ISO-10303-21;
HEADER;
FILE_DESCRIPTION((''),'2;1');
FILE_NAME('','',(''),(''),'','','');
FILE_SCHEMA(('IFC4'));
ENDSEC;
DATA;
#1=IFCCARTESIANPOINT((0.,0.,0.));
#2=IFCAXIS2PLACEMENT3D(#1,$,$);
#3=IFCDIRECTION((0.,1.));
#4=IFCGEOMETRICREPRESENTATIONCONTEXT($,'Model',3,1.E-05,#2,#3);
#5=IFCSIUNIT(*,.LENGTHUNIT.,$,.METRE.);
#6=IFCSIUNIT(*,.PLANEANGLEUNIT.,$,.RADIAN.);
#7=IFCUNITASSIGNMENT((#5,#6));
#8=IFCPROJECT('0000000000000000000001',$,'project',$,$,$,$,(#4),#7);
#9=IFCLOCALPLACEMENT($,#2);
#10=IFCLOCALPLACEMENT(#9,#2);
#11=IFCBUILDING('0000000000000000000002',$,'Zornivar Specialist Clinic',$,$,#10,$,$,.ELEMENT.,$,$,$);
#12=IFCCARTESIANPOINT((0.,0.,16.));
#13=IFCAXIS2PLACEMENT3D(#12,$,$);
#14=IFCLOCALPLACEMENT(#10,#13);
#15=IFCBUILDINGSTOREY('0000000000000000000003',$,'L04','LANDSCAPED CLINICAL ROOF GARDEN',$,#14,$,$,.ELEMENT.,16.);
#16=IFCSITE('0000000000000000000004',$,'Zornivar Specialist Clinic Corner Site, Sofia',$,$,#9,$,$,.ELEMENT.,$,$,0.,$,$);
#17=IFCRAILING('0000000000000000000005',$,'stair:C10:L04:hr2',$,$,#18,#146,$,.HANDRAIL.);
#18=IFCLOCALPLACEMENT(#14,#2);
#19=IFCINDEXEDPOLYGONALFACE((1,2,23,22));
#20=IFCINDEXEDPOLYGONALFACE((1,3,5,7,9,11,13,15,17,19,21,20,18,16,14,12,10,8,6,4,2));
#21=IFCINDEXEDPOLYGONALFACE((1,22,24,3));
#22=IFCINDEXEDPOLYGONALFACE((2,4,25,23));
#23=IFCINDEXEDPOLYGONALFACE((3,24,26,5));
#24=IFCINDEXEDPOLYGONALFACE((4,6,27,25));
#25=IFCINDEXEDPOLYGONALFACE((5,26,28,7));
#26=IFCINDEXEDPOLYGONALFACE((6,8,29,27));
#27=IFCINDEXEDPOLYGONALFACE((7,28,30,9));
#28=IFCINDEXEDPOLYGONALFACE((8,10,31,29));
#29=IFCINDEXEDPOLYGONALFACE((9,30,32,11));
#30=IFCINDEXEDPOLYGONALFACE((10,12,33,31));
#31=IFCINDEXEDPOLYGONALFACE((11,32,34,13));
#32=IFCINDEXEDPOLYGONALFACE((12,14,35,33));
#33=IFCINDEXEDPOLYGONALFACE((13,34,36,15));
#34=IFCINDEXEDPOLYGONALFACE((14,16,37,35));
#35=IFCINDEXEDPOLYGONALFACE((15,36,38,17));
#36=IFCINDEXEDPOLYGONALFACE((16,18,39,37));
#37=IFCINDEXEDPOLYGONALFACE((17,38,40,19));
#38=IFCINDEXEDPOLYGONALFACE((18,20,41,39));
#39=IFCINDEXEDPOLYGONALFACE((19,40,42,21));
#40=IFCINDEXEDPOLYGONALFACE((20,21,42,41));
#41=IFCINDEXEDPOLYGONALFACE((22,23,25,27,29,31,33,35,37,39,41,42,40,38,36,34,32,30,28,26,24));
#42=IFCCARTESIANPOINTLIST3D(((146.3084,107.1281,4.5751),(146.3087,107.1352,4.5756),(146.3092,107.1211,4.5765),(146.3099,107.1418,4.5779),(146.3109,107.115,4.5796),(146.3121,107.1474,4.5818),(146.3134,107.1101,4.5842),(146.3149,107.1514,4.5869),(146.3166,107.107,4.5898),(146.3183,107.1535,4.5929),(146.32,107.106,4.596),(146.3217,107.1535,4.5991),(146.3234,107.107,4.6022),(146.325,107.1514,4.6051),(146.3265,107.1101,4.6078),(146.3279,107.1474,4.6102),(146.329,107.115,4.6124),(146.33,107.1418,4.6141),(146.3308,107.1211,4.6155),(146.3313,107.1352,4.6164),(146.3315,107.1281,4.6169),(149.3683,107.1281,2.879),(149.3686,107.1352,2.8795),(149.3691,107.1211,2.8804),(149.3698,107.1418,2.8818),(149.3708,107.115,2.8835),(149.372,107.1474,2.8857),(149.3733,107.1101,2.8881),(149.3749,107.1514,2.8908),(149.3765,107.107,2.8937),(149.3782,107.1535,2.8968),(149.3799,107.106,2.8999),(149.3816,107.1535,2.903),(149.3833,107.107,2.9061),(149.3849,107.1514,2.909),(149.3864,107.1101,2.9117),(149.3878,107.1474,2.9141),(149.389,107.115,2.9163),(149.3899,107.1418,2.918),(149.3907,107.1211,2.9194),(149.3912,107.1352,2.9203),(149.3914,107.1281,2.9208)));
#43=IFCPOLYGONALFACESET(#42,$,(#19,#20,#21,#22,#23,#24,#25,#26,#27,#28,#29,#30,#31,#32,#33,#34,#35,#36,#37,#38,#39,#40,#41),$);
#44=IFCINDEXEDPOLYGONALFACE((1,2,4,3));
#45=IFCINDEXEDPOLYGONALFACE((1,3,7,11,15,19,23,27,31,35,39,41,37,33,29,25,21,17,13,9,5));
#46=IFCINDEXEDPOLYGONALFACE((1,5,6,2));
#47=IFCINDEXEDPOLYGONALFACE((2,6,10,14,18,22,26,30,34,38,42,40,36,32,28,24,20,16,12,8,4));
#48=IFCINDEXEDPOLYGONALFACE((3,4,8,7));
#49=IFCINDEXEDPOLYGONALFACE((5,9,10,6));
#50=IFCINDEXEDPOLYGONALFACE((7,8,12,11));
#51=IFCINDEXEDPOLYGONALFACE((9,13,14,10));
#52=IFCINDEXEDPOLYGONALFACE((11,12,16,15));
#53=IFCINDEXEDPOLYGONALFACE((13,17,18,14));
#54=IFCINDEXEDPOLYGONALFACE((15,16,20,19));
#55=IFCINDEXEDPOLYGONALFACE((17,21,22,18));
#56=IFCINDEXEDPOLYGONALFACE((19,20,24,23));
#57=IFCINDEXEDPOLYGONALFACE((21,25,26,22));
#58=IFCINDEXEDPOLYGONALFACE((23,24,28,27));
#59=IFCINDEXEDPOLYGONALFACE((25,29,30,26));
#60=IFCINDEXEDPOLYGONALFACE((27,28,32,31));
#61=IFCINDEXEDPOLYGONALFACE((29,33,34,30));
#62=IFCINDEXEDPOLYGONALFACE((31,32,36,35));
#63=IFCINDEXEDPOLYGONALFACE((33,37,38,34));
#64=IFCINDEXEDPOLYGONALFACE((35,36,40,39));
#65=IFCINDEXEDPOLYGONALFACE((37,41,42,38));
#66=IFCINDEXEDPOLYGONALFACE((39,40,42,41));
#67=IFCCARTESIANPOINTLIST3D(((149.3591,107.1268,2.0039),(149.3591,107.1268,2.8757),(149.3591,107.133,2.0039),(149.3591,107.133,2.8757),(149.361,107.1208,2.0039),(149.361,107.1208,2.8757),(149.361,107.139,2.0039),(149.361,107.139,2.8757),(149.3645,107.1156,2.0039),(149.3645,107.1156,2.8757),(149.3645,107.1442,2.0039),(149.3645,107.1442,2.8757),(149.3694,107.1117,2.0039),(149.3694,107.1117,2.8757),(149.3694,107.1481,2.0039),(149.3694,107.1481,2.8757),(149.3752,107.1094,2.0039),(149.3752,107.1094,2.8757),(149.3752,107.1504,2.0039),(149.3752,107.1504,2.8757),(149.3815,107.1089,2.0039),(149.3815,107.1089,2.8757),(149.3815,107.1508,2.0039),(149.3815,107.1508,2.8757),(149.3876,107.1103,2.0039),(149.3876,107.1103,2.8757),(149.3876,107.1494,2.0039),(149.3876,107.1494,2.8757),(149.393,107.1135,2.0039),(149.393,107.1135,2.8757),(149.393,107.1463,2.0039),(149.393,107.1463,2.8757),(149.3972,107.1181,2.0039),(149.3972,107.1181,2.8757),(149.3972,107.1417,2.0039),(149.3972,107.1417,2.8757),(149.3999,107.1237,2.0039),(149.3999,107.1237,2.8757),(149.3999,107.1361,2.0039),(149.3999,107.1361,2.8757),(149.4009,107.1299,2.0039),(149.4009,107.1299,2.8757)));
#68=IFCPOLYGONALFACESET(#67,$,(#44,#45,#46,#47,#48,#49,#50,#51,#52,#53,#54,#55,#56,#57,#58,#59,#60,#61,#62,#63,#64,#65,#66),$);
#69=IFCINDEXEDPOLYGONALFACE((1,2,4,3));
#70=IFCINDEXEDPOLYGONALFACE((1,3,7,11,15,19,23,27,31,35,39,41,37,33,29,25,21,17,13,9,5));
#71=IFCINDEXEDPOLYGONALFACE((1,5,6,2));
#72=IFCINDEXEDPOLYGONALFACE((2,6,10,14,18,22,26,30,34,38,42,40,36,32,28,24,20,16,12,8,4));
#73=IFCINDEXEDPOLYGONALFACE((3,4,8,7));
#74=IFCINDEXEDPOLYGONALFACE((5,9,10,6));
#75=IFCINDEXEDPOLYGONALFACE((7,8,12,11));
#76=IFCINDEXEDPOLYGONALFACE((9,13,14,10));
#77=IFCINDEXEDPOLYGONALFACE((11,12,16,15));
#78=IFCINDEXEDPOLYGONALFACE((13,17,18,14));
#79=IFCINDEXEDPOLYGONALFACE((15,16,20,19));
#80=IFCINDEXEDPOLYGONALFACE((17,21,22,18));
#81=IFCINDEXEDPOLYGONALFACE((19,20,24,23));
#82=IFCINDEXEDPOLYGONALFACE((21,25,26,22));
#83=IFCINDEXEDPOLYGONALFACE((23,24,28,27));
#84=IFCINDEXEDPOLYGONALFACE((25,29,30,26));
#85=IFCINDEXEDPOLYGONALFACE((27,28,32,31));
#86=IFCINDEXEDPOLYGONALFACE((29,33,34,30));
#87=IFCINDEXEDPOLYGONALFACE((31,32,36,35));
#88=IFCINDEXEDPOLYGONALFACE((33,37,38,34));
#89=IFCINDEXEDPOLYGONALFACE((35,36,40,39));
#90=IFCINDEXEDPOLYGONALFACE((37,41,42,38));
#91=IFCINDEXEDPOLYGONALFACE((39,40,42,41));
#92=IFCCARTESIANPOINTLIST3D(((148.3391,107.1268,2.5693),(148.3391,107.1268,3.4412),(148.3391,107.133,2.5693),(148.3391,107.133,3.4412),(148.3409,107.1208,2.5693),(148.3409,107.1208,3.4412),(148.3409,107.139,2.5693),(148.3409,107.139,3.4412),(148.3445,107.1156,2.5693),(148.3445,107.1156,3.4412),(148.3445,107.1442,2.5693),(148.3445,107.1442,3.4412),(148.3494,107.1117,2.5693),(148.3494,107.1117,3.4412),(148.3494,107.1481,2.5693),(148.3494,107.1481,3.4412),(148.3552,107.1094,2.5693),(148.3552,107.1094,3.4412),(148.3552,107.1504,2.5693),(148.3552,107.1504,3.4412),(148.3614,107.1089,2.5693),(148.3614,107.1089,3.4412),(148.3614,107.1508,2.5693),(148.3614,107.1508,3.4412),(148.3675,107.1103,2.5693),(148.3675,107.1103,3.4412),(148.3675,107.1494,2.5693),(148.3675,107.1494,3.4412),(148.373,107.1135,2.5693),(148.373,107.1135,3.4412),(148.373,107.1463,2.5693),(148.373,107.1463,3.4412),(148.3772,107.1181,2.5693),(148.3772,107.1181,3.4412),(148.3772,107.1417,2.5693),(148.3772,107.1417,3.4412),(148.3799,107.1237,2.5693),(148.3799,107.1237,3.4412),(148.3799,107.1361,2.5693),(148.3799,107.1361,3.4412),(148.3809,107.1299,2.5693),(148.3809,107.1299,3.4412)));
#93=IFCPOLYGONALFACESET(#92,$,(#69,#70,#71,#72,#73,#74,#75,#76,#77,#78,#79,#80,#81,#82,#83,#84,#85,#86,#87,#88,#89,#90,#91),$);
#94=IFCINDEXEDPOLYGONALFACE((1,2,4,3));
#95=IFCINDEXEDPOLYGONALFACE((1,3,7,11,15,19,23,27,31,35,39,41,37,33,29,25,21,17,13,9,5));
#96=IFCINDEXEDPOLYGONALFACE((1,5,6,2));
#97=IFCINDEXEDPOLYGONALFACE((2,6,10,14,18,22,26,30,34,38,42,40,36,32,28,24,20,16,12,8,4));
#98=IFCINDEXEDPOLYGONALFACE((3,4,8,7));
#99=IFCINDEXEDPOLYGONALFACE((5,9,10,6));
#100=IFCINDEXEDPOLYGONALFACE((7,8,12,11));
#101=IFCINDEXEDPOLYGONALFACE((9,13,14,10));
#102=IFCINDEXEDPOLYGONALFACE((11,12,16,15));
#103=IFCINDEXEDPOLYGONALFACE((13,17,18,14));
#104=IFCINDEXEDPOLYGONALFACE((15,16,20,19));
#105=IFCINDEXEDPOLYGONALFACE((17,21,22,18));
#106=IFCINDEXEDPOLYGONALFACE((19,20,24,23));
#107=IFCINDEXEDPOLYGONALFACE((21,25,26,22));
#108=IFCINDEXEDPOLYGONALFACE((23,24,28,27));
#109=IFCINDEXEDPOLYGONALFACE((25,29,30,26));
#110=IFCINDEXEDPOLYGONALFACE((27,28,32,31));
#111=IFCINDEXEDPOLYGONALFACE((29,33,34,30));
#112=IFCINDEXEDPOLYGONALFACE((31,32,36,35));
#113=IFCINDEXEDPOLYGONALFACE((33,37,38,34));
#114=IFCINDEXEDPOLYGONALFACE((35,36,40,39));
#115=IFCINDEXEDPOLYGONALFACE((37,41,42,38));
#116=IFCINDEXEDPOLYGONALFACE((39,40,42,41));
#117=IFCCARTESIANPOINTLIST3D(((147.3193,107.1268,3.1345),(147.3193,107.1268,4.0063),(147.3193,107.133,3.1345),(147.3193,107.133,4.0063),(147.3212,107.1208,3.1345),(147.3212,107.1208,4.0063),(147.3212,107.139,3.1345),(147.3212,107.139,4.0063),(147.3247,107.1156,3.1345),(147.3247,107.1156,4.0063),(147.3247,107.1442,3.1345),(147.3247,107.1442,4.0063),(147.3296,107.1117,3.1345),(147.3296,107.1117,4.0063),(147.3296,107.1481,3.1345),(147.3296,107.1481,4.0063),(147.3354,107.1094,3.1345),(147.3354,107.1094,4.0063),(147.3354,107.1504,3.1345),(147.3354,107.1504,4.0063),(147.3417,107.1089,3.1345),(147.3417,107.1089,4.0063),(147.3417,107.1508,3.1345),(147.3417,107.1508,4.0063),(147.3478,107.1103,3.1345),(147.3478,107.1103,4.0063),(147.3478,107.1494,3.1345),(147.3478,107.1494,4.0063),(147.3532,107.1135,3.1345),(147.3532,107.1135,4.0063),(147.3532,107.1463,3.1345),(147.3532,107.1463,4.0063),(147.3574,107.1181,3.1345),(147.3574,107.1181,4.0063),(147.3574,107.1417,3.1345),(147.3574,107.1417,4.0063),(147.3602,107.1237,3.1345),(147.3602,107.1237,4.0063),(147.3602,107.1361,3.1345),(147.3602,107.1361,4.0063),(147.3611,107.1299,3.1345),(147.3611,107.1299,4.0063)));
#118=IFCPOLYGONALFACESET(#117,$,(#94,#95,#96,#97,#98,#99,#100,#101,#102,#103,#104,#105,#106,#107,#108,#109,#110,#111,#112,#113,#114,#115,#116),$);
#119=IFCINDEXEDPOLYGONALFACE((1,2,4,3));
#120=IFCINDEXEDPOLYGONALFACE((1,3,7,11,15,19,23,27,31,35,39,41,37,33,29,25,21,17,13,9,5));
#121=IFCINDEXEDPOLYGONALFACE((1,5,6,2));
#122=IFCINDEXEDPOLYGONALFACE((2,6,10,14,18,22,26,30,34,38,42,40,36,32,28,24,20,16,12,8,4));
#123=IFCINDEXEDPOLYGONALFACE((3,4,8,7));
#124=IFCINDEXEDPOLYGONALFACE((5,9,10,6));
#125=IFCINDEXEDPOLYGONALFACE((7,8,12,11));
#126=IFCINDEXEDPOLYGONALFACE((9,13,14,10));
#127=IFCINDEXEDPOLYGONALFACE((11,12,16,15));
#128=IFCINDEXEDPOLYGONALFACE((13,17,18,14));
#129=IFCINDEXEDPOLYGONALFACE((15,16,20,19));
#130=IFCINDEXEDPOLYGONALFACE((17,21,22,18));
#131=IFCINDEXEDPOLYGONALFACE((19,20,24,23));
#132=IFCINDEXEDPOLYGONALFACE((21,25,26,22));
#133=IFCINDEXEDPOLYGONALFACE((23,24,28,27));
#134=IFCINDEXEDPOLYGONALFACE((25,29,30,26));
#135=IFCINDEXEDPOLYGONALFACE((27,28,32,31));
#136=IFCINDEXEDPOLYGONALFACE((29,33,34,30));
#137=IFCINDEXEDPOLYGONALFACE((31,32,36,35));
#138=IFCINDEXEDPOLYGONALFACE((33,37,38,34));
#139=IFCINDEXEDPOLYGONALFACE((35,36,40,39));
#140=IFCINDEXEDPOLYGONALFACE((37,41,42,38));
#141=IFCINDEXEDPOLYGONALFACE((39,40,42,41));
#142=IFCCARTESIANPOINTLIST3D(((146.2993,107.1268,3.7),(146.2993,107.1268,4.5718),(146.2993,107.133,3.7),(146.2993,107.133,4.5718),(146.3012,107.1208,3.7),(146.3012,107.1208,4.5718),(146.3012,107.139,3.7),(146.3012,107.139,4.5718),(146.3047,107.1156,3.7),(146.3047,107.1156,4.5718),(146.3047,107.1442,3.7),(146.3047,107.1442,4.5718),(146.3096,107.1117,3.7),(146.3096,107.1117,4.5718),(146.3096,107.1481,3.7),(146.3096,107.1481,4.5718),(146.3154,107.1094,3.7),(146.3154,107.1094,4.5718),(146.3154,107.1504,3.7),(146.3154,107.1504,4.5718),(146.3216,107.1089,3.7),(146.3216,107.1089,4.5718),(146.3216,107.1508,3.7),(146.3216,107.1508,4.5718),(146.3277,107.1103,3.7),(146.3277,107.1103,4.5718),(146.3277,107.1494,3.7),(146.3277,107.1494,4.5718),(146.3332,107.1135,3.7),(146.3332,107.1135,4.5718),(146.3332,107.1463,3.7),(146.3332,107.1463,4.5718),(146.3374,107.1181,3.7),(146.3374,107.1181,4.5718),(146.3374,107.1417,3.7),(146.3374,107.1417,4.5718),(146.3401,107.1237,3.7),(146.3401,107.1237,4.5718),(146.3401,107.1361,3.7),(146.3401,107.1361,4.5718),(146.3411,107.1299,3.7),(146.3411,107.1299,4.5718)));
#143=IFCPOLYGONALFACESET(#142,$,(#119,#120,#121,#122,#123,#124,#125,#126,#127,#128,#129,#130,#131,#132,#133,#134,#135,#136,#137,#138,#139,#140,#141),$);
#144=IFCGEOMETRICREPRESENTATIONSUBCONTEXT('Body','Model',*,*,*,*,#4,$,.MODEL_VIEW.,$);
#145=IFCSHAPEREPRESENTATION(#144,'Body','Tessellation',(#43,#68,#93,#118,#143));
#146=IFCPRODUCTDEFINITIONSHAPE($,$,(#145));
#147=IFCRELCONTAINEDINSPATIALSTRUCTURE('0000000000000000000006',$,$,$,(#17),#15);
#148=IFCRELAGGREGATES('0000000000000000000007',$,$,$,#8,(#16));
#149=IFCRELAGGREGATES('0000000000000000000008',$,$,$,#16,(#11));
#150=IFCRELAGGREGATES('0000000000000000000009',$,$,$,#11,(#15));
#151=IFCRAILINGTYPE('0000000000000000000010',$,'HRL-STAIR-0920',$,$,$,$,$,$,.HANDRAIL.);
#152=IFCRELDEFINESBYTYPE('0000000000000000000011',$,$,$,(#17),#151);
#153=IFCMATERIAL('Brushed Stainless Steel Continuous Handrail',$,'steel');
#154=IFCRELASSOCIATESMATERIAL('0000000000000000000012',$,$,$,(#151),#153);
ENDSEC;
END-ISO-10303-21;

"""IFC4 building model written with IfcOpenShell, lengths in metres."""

from ifc_helpers import new_model, si_unit, direction, frame, origin, origin_2d, place, context, subcontext, project, spatial, circle, extrude, material, type_object, element, save


model = new_model("IFC4")

# Units and contexts
model_context = context("Model", 3, precision=1e-05, world=origin(), true_north=direction((0.0, 1.0)))
body_context = subcontext(model_context, "Body", "Model", "MODEL_VIEW")
ifc_project = project(units=[si_unit("LENGTHUNIT", "METRE"), si_unit("PLANEANGLEUNIT", "RADIAN")], contexts=[model_context])

# Site, building, storey
site_placement = place(None, origin())
site = spatial("IfcSite", under=ifc_project, at=site_placement, Name="Zornivar Specialist Clinic Corner Site, Sofia", CompositionType="ELEMENT", RefElevation=0.0)
building_placement = place(site_placement, origin())
building = spatial("IfcBuilding", under=site, at=building_placement, Name="Zornivar Specialist Clinic", CompositionType="ELEMENT")
storey_placement = place(building_placement, frame((0.0, 0.0, 16.0)))
storey = spatial("IfcBuildingStorey", under=building, at=storey_placement, Name="L04", Description="LANDSCAPED CLINICAL ROOF GARDEN", CompositionType="ELEMENT", Elevation=16.0)

# Railing
ifc_material_1 = material(Name="Brushed Stainless Steel Continuous Handrail", Category="steel")
railing_type_1 = type_object("IfcRailingType", Name="HRL-STAIR-0920", PredefinedType="HANDRAIL", material=ifc_material_1)
railing_1_placement = place(storey_placement, frame((149.3799, 107.1299, 2.0039)))
element("IfcRailing", 1, at=railing_1_placement, inside=storey, type_object=railing_type_1, Name="stair:C10:L04:hr2", PredefinedType="HANDRAIL", context=body_context, shape_type="SweptSolid", body=[
    extrude(circle(Radius=0.0239, at=origin_2d()), frame((0.0, 0.0, 0.896), z_axis=(-0.874624, 0.0, 0.484801), x_axis=(0.0, -1.0, 0.0)), (0.0, 0.0, 1.0), 3.4985),
    extrude(circle(Radius=0.021, at=origin_2d()), origin(), (0.0, 0.0, 1.0), 0.8718),
    extrude(circle(Radius=0.021, at=origin_2d()), frame((-1.02, 0.0, 0.5654)), (0.0, 0.0, 1.0), 0.8718),
    extrude(circle(Radius=0.021, at=origin_2d()), frame((-2.0398, 0.0, 1.1306)), (0.0, 0.0, 1.0), 0.8718),
    extrude(circle(Radius=0.021, at=origin_2d()), frame((-3.0598, 0.0, 1.696)), (0.0, 0.0, 1.0), 0.8718),
])

save(model, "model.ifc")
